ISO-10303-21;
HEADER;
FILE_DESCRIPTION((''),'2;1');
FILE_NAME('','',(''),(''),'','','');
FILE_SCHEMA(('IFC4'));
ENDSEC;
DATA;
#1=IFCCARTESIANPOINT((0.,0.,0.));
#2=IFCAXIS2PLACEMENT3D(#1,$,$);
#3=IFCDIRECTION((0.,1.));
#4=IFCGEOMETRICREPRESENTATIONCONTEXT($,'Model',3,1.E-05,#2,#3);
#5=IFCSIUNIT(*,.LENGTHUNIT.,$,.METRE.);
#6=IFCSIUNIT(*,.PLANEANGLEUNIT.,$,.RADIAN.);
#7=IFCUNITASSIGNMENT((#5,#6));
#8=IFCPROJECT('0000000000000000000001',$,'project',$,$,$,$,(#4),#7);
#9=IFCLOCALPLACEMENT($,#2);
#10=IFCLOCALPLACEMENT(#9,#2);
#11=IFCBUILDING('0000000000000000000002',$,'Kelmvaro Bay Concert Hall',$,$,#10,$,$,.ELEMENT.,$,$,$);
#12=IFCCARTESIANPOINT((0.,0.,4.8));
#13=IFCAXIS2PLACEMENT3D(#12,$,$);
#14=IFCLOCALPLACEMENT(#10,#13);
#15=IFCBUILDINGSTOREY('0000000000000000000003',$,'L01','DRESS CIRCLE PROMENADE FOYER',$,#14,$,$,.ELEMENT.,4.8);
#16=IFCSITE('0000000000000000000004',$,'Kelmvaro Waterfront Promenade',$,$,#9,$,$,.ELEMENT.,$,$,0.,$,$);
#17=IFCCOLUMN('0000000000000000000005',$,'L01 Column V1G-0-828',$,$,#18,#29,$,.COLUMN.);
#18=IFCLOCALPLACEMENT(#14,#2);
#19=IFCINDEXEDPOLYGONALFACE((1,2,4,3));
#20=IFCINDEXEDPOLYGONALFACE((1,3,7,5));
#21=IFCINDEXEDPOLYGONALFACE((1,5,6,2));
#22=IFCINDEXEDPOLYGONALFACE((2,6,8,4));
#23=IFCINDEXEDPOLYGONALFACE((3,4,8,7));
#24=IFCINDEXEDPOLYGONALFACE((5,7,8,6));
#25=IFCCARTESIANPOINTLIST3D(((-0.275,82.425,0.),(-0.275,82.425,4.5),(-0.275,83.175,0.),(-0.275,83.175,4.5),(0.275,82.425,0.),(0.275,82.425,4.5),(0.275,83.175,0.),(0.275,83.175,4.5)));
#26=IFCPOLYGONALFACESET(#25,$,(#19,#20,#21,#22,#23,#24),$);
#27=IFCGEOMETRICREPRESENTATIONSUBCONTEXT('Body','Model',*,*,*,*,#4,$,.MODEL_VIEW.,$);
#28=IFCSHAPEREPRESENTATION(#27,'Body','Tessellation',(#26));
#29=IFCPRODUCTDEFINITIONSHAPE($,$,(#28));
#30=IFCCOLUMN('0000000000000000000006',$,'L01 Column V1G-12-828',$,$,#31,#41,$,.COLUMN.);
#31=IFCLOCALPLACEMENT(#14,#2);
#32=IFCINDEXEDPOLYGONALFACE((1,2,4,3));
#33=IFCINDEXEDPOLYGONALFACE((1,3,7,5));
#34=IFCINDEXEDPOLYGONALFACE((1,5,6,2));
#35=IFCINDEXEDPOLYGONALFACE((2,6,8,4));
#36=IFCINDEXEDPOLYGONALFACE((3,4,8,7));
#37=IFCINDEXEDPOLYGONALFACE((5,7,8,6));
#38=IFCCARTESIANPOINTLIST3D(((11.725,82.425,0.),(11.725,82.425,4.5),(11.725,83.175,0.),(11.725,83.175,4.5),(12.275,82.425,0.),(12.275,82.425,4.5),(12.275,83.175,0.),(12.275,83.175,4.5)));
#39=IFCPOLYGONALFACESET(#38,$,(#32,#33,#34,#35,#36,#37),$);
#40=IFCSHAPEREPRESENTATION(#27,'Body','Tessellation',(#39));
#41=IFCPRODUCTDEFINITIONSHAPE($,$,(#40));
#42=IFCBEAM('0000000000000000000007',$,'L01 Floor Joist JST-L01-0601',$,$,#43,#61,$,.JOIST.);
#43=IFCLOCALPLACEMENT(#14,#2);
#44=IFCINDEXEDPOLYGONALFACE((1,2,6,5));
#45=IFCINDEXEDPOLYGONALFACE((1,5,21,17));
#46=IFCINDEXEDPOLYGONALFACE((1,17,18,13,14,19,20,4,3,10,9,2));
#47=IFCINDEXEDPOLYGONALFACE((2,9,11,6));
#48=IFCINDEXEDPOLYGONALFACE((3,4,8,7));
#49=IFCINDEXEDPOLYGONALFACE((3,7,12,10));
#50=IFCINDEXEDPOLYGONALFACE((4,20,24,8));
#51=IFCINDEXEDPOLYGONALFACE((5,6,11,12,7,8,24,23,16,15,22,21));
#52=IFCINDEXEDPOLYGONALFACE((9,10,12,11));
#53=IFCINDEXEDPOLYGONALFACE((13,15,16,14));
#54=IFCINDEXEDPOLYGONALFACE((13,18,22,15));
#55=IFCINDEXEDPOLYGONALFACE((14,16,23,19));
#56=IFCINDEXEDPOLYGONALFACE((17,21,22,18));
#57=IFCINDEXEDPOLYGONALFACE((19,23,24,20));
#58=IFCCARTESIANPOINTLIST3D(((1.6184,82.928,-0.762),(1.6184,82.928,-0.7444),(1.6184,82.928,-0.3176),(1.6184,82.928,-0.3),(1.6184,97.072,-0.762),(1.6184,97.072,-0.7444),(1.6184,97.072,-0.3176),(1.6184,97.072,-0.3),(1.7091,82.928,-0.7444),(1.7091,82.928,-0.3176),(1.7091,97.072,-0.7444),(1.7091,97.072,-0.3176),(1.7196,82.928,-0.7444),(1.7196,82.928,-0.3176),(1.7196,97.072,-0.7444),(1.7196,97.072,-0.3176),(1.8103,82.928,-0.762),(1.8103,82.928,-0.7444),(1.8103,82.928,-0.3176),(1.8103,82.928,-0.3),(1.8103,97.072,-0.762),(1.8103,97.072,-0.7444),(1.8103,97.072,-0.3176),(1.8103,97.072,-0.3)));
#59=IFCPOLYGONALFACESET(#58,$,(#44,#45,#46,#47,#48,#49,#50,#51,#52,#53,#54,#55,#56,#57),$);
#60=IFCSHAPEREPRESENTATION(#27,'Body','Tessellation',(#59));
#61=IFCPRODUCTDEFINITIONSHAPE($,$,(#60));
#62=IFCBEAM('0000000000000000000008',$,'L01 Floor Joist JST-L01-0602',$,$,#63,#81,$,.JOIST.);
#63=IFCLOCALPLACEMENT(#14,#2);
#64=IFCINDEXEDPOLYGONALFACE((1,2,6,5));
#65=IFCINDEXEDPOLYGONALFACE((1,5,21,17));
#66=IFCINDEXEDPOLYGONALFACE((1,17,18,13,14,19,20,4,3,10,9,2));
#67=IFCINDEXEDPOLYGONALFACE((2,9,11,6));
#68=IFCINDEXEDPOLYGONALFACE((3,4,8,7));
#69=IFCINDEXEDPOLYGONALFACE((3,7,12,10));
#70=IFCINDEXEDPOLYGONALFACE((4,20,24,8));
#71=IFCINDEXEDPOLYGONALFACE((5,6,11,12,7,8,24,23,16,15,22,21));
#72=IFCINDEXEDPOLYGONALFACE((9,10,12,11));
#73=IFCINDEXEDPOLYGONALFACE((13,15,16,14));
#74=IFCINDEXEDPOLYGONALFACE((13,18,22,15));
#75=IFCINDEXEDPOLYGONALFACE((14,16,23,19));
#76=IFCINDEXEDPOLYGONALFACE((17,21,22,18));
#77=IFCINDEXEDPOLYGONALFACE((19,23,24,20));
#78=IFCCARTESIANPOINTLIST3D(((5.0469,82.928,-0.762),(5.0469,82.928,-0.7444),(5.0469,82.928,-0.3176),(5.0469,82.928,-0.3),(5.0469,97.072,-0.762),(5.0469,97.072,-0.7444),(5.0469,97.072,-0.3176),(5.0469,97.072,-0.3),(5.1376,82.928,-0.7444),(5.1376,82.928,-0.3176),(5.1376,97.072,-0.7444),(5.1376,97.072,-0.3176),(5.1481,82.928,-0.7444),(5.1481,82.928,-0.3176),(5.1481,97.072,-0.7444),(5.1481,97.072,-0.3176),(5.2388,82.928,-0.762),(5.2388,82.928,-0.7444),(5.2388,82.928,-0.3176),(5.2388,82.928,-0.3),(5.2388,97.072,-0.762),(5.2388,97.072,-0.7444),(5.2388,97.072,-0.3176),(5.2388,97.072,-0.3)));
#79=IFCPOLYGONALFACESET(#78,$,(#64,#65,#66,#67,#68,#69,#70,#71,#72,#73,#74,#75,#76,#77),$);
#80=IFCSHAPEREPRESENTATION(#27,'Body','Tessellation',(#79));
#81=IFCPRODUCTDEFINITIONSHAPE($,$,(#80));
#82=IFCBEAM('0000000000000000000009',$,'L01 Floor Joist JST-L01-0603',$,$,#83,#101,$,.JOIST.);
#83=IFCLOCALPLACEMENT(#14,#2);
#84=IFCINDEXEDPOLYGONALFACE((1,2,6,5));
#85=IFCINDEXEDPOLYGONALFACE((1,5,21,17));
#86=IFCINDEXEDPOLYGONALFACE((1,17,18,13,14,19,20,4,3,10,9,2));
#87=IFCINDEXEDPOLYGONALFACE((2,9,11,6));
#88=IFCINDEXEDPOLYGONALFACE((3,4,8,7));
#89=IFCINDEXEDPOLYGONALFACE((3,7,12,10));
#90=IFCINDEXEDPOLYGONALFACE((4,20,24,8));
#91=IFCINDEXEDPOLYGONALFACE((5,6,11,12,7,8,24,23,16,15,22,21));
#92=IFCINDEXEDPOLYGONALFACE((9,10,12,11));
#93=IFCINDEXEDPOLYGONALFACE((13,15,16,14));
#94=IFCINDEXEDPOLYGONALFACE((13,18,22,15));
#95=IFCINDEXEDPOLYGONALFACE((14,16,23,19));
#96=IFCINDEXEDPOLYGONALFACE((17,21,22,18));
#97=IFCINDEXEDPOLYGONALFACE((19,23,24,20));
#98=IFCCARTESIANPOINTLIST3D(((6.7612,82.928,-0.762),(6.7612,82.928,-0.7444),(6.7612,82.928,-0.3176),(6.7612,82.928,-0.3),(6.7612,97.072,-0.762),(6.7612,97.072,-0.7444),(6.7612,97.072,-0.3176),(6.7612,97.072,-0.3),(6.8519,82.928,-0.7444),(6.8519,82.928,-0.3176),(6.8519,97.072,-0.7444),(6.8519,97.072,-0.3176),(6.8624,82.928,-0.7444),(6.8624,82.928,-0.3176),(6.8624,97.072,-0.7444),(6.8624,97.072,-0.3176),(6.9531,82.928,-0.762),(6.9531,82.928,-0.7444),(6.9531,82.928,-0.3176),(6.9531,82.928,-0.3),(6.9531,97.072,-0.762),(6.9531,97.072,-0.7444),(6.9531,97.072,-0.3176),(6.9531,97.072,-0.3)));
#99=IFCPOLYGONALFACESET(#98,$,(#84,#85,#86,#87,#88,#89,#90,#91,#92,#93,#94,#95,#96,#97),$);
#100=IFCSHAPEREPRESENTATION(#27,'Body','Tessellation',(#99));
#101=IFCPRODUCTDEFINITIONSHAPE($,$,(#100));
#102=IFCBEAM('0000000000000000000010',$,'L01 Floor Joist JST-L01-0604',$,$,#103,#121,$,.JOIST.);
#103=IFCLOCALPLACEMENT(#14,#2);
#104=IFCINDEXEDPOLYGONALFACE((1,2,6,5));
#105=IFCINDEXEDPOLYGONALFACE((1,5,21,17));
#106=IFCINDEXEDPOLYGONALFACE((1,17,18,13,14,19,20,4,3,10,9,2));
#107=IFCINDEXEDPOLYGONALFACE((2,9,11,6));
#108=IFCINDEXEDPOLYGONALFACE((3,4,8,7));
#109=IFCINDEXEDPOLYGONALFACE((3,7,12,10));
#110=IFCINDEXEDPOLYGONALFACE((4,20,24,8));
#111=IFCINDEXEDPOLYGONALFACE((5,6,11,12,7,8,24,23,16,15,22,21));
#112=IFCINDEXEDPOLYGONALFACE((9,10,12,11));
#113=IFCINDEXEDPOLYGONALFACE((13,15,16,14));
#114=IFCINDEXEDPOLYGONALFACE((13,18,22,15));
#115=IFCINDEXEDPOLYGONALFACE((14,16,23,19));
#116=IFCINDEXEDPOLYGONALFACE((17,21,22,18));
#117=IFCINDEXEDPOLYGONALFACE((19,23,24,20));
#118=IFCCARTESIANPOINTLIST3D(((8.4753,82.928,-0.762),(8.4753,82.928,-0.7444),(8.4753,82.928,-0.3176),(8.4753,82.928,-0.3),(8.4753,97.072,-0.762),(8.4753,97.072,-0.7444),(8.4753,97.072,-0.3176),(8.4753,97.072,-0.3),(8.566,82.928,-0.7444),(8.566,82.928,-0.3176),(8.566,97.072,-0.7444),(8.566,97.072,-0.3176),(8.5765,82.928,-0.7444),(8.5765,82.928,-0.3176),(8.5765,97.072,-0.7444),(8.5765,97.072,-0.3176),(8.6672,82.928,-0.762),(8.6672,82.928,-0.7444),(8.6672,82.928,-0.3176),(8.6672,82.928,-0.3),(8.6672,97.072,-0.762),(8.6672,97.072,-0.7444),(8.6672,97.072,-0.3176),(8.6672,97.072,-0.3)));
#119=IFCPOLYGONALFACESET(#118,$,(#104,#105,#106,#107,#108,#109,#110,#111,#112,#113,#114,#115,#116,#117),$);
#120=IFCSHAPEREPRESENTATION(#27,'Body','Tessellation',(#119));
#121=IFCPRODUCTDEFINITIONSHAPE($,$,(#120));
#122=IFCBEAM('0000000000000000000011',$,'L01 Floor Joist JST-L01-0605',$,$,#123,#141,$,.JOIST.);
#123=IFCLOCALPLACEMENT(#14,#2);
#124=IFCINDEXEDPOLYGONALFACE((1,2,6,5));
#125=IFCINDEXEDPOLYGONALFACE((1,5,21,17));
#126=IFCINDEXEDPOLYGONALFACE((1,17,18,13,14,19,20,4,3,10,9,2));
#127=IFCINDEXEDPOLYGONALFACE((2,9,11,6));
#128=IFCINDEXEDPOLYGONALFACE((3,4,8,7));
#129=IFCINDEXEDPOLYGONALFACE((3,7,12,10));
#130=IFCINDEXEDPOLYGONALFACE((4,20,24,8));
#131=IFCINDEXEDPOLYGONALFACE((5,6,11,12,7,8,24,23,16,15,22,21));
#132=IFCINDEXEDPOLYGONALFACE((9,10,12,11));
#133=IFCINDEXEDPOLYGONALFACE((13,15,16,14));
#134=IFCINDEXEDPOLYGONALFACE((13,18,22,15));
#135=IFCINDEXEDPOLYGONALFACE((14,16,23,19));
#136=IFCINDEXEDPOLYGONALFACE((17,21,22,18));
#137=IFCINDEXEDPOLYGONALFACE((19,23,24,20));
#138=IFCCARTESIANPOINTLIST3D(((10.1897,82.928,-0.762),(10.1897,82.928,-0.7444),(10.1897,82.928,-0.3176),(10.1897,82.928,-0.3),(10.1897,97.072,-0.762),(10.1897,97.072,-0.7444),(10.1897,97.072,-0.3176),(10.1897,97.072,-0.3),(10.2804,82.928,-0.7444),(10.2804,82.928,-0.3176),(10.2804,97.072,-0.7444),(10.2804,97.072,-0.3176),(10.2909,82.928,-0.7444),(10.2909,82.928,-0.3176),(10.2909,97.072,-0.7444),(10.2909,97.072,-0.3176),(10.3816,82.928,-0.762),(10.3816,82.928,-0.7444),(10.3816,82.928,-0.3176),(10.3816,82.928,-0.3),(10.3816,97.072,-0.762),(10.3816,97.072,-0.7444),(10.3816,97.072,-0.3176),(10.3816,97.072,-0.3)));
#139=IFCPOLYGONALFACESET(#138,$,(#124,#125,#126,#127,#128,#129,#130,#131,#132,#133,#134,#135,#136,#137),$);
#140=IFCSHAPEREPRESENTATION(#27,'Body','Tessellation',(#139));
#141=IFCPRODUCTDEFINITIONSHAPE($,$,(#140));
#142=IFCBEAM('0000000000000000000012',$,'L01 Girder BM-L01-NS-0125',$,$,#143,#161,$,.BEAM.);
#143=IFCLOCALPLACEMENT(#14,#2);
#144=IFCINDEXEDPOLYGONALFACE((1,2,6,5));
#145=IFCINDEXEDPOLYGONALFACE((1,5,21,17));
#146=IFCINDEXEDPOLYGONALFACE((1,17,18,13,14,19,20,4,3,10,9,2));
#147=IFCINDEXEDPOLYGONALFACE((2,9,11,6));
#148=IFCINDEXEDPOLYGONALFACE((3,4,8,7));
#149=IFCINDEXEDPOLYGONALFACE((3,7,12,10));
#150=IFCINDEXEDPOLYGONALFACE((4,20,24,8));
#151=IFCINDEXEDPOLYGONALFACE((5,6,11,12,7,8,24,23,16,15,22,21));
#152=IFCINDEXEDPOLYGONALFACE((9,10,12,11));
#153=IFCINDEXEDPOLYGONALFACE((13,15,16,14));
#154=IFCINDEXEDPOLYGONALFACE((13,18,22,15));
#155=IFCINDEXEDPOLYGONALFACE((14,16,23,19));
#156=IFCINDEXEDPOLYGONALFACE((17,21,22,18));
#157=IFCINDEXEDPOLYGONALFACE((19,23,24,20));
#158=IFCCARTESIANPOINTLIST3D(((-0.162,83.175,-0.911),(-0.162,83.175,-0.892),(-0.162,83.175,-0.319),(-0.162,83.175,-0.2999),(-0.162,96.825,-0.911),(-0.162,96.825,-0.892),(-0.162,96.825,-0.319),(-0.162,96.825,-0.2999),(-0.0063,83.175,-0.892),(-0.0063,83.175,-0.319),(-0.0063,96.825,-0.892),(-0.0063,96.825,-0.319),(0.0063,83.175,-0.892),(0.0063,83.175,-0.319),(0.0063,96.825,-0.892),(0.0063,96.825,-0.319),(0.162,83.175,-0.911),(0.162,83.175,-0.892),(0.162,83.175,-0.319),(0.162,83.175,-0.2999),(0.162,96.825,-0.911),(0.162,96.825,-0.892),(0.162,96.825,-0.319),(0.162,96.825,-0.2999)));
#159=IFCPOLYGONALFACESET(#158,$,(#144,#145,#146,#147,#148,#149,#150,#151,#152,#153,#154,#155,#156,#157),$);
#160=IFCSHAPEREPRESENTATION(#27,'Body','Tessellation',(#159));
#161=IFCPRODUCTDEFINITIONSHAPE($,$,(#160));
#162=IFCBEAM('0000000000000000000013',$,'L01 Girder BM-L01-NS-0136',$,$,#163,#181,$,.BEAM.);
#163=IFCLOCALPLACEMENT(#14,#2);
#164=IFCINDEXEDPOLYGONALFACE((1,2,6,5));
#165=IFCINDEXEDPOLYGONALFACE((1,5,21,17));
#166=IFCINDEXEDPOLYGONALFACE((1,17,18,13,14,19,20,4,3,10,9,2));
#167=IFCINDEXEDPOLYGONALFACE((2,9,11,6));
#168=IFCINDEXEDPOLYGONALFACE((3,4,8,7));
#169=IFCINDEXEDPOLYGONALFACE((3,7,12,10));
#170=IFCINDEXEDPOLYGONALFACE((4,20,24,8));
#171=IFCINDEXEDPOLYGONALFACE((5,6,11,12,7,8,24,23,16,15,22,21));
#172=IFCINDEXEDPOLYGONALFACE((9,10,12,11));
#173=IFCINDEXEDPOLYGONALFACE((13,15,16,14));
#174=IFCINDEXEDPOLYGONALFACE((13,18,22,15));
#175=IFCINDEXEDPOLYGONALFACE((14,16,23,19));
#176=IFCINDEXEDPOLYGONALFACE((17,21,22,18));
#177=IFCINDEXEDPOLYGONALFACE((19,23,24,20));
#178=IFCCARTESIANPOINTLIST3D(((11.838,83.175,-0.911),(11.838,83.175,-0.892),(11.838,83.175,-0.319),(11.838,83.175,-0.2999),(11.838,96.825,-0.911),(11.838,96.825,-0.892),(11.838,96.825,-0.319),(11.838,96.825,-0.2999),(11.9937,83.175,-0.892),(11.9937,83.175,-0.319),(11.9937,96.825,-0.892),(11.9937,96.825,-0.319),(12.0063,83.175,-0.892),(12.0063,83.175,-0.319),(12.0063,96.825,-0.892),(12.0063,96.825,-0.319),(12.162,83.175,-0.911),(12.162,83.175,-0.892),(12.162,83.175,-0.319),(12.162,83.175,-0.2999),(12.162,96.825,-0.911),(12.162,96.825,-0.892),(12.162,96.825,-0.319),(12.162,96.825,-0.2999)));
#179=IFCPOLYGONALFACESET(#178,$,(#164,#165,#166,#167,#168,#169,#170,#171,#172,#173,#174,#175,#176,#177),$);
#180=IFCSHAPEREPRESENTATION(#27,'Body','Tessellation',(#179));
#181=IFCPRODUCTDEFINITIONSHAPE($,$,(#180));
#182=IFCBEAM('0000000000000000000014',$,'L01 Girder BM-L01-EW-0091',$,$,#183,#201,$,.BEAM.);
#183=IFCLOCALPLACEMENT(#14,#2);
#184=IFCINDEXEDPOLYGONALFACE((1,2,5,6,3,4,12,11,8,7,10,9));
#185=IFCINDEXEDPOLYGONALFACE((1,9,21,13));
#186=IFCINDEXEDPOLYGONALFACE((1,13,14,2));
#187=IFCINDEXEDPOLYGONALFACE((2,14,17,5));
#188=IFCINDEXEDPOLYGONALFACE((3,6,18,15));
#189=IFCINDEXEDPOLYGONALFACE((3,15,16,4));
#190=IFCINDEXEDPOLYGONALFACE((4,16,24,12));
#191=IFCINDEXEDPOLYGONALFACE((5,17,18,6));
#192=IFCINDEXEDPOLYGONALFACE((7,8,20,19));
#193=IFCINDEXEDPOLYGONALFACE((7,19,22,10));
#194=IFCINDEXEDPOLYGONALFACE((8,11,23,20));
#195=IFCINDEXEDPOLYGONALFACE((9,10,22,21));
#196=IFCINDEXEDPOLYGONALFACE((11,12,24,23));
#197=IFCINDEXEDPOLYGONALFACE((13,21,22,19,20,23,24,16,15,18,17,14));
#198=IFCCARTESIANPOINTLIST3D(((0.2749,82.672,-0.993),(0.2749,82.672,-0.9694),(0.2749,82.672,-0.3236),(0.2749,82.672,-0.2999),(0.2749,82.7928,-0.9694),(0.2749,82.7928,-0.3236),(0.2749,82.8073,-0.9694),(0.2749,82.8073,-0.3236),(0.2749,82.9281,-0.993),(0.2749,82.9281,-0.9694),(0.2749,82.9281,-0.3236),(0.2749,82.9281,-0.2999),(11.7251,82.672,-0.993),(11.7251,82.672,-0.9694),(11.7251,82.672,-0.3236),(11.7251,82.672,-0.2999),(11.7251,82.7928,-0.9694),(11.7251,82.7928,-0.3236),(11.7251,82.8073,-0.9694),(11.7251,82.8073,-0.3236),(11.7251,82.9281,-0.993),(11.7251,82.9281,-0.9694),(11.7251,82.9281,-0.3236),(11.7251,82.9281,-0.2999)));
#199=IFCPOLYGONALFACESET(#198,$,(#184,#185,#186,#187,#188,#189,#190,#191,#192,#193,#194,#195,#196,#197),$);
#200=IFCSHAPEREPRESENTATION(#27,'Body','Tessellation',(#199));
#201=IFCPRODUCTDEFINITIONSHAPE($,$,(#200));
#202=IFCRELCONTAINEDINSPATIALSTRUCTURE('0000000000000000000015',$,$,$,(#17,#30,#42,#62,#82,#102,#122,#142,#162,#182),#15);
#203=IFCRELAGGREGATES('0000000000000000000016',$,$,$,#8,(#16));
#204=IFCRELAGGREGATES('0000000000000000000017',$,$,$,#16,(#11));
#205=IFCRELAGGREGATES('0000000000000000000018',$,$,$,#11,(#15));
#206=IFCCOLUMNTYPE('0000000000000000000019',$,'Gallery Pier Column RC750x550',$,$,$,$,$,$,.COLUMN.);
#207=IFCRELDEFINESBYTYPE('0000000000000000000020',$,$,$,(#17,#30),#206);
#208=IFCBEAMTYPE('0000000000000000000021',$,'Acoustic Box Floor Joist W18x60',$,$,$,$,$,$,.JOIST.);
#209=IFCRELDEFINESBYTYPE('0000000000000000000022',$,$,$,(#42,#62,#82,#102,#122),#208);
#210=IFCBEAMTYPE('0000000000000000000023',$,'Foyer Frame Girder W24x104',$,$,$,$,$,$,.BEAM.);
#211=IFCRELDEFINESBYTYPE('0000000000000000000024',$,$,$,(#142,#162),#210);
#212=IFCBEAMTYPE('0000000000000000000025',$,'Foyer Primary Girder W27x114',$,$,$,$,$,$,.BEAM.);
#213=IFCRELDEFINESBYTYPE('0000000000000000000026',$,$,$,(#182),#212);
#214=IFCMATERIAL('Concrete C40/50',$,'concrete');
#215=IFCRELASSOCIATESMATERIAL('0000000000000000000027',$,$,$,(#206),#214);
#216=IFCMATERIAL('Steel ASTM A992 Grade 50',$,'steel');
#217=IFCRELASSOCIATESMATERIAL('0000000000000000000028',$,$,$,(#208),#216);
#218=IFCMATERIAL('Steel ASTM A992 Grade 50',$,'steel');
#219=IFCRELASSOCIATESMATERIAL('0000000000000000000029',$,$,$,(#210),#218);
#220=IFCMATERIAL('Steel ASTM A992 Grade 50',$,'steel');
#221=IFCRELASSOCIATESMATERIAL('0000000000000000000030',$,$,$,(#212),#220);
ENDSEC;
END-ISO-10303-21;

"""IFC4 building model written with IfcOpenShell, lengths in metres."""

from ifc_helpers import new_model, si_unit, direction, frame, origin, origin_2d, place, context, subcontext, project, spatial, rectangle, i_section, extrude, material, material_profile, profile_set, type_object, element, save


model = new_model("IFC4")

# Units and contexts
model_context = context("Model", 3, precision=1e-05, world=origin(), true_north=direction((0.0, 1.0)))
body_context = subcontext(model_context, "Body", "Model", "MODEL_VIEW")
ifc_project = project(units=[si_unit("LENGTHUNIT", "METRE"), si_unit("PLANEANGLEUNIT", "RADIAN")], contexts=[model_context])

# Site, building, storey
site_placement = place(None, origin())
site = spatial("IfcSite", under=ifc_project, at=site_placement, Name="Kelmvaro Waterfront Promenade", CompositionType="ELEMENT", RefElevation=0.0)
building_placement = place(site_placement, origin())
building = spatial("IfcBuilding", under=site, at=building_placement, Name="Kelmvaro Bay Concert Hall", CompositionType="ELEMENT")
storey_placement = place(building_placement, frame((0.0, 0.0, 4.8)))
storey = spatial("IfcBuildingStorey", under=building, at=storey_placement, Name="L01", Description="DRESS CIRCLE PROMENADE FOYER", CompositionType="ELEMENT", Elevation=4.8)

# Columns
ifc_material_1 = material(Name="Concrete C40/50", Category="concrete")
ifc_material_profile_1 = material_profile(ifc_material_1, rectangle(XDim=0.55, YDim=0.75, at=origin_2d()), Name="RC-COL-750X550")
ifc_profile_set_1 = profile_set([ifc_material_profile_1], Name="Concrete C40/50")
column_type = type_object("IfcColumnType", Name="Gallery Pier Column RC750x550", PredefinedType="COLUMN", material=ifc_profile_set_1)
for number, where, z_axis, x_axis, name in (
    (1, (0.0, 82.8, 0.0), (0.0, 0.0, 1.0), (1.0, 0.0, 0.0), "L01 Column V1G-0-828"),
    (2, (12.0, 82.8, 0.0), (0.0, 0.0, 1.0), (1.0, 0.0, 0.0), "L01 Column V1G-12-828"),
):
    element("IfcColumn", number, at=place(storey_placement, frame(where, z_axis=z_axis, x_axis=x_axis)), inside=storey, type_object=column_type, Name=name, PredefinedType="COLUMN", context=body_context, shape_type="SweptSolid", body=[
        extrude(rectangle(XDim=0.55, YDim=0.75, at=origin_2d()), origin(), (0.0, 0.0, 1.0), 4.5),
    ])

# Beams
ifc_material_2 = material(Name="Steel ASTM A992 Grade 50", Category="steel")
ifc_material_profile_2 = material_profile(ifc_material_2, i_section(OverallWidth=0.1919, OverallDepth=0.4619, WebThickness=0.0105, FlangeThickness=0.0176, at=origin_2d()), Name="W18X60")
ifc_profile_set_2 = profile_set([ifc_material_profile_2], Name="Steel ASTM A992 Grade 50")
beam_type_1 = type_object("IfcBeamType", Name="Acoustic Box Floor Joist W18x60", PredefinedType="JOIST", material=ifc_profile_set_2)
for number, where, z_axis, x_axis, name in (
    (3, (1.7144, 82.928, -0.531), (0.0, 1.0, 0.0), (-1.0, 0.0, 0.0), "L01 Floor Joist JST-L01-0601"),
    (4, (5.1428, 82.928, -0.531), (0.0, 1.0, 0.0), (-1.0, 0.0, 0.0), "L01 Floor Joist JST-L01-0602"),
    (5, (6.8572, 82.928, -0.531), (0.0, 1.0, 0.0), (-1.0, 0.0, 0.0), "L01 Floor Joist JST-L01-0603"),
    (6, (8.5713, 82.928, -0.531), (0.0, 1.0, 0.0), (-1.0, 0.0, 0.0), "L01 Floor Joist JST-L01-0604"),
    (7, (10.2856, 82.928, -0.531), (0.0, 1.0, 0.0), (-1.0, 0.0, 0.0), "L01 Floor Joist JST-L01-0605"),
):
    element("IfcBeam", number, at=place(storey_placement, frame(where, z_axis=z_axis, x_axis=x_axis)), inside=storey, type_object=beam_type_1, Name=name, PredefinedType="JOIST", context=body_context, shape_type="SweptSolid", body=[
        extrude(i_section(OverallWidth=0.1919, OverallDepth=0.4619, WebThickness=0.0105, FlangeThickness=0.0176, at=origin_2d()), origin(), (0.0, 0.0, 1.0), 14.144),
    ])
ifc_material_3 = material(Name="Steel ASTM A992 Grade 50", Category="steel")
ifc_material_profile_3 = material_profile(ifc_material_3, i_section(OverallWidth=0.324, OverallDepth=0.6111, WebThickness=0.0127, FlangeThickness=0.019, at=origin_2d()), Name="W24X104")
ifc_profile_set_3 = profile_set([ifc_material_profile_3], Name="Steel ASTM A992 Grade 50")
beam_type_2 = type_object("IfcBeamType", Name="Foyer Frame Girder W24x104", PredefinedType="BEAM", material=ifc_profile_set_3)
for number, where, z_axis, x_axis, name in (
    (8, (0.0, 83.175, -0.6055), (0.0, 1.0, 0.0), (-1.0, 0.0, 0.0), "L01 Girder BM-L01-NS-0125"),
    (9, (12.0, 83.175, -0.6055), (0.0, 1.0, 0.0), (-1.0, 0.0, 0.0), "L01 Girder BM-L01-NS-0136"),
):
    element("IfcBeam", number, at=place(storey_placement, frame(where, z_axis=z_axis, x_axis=x_axis)), inside=storey, type_object=beam_type_2, Name=name, PredefinedType="BEAM", context=body_context, shape_type="SweptSolid", body=[
        extrude(i_section(OverallWidth=0.324, OverallDepth=0.6111, WebThickness=0.0127, FlangeThickness=0.019, at=origin_2d()), origin(), (0.0, 0.0, 1.0), 13.6499),
    ])
ifc_material_4 = material(Name="Steel ASTM A992 Grade 50", Category="steel")
ifc_material_profile_4 = material_profile(ifc_material_4, i_section(OverallWidth=0.2561, OverallDepth=0.6931, WebThickness=0.0144, FlangeThickness=0.0237, at=origin_2d()), Name="W27X114")
ifc_profile_set_4 = profile_set([ifc_material_profile_4], Name="Steel ASTM A992 Grade 50")
beam_type_3 = type_object("IfcBeamType", Name="Foyer Primary Girder W27x114", PredefinedType="BEAM", material=ifc_profile_set_4)
beam_placement = place(storey_placement, frame((0.2749, 82.8, -0.6465), z_axis=(1.0, 0.0, 0.0), x_axis=(0.0, 1.0, 0.0)))
element("IfcBeam", 10, at=beam_placement, inside=storey, type_object=beam_type_3, Name="L01 Girder BM-L01-EW-0091", PredefinedType="BEAM", context=body_context, shape_type="SweptSolid", body=[
    extrude(i_section(OverallWidth=0.2561, OverallDepth=0.6931, WebThickness=0.0144, FlangeThickness=0.0237, at=origin_2d()), origin(), (0.0, 0.0, 1.0), 11.4502),
])

save(model, "model.ifc")
